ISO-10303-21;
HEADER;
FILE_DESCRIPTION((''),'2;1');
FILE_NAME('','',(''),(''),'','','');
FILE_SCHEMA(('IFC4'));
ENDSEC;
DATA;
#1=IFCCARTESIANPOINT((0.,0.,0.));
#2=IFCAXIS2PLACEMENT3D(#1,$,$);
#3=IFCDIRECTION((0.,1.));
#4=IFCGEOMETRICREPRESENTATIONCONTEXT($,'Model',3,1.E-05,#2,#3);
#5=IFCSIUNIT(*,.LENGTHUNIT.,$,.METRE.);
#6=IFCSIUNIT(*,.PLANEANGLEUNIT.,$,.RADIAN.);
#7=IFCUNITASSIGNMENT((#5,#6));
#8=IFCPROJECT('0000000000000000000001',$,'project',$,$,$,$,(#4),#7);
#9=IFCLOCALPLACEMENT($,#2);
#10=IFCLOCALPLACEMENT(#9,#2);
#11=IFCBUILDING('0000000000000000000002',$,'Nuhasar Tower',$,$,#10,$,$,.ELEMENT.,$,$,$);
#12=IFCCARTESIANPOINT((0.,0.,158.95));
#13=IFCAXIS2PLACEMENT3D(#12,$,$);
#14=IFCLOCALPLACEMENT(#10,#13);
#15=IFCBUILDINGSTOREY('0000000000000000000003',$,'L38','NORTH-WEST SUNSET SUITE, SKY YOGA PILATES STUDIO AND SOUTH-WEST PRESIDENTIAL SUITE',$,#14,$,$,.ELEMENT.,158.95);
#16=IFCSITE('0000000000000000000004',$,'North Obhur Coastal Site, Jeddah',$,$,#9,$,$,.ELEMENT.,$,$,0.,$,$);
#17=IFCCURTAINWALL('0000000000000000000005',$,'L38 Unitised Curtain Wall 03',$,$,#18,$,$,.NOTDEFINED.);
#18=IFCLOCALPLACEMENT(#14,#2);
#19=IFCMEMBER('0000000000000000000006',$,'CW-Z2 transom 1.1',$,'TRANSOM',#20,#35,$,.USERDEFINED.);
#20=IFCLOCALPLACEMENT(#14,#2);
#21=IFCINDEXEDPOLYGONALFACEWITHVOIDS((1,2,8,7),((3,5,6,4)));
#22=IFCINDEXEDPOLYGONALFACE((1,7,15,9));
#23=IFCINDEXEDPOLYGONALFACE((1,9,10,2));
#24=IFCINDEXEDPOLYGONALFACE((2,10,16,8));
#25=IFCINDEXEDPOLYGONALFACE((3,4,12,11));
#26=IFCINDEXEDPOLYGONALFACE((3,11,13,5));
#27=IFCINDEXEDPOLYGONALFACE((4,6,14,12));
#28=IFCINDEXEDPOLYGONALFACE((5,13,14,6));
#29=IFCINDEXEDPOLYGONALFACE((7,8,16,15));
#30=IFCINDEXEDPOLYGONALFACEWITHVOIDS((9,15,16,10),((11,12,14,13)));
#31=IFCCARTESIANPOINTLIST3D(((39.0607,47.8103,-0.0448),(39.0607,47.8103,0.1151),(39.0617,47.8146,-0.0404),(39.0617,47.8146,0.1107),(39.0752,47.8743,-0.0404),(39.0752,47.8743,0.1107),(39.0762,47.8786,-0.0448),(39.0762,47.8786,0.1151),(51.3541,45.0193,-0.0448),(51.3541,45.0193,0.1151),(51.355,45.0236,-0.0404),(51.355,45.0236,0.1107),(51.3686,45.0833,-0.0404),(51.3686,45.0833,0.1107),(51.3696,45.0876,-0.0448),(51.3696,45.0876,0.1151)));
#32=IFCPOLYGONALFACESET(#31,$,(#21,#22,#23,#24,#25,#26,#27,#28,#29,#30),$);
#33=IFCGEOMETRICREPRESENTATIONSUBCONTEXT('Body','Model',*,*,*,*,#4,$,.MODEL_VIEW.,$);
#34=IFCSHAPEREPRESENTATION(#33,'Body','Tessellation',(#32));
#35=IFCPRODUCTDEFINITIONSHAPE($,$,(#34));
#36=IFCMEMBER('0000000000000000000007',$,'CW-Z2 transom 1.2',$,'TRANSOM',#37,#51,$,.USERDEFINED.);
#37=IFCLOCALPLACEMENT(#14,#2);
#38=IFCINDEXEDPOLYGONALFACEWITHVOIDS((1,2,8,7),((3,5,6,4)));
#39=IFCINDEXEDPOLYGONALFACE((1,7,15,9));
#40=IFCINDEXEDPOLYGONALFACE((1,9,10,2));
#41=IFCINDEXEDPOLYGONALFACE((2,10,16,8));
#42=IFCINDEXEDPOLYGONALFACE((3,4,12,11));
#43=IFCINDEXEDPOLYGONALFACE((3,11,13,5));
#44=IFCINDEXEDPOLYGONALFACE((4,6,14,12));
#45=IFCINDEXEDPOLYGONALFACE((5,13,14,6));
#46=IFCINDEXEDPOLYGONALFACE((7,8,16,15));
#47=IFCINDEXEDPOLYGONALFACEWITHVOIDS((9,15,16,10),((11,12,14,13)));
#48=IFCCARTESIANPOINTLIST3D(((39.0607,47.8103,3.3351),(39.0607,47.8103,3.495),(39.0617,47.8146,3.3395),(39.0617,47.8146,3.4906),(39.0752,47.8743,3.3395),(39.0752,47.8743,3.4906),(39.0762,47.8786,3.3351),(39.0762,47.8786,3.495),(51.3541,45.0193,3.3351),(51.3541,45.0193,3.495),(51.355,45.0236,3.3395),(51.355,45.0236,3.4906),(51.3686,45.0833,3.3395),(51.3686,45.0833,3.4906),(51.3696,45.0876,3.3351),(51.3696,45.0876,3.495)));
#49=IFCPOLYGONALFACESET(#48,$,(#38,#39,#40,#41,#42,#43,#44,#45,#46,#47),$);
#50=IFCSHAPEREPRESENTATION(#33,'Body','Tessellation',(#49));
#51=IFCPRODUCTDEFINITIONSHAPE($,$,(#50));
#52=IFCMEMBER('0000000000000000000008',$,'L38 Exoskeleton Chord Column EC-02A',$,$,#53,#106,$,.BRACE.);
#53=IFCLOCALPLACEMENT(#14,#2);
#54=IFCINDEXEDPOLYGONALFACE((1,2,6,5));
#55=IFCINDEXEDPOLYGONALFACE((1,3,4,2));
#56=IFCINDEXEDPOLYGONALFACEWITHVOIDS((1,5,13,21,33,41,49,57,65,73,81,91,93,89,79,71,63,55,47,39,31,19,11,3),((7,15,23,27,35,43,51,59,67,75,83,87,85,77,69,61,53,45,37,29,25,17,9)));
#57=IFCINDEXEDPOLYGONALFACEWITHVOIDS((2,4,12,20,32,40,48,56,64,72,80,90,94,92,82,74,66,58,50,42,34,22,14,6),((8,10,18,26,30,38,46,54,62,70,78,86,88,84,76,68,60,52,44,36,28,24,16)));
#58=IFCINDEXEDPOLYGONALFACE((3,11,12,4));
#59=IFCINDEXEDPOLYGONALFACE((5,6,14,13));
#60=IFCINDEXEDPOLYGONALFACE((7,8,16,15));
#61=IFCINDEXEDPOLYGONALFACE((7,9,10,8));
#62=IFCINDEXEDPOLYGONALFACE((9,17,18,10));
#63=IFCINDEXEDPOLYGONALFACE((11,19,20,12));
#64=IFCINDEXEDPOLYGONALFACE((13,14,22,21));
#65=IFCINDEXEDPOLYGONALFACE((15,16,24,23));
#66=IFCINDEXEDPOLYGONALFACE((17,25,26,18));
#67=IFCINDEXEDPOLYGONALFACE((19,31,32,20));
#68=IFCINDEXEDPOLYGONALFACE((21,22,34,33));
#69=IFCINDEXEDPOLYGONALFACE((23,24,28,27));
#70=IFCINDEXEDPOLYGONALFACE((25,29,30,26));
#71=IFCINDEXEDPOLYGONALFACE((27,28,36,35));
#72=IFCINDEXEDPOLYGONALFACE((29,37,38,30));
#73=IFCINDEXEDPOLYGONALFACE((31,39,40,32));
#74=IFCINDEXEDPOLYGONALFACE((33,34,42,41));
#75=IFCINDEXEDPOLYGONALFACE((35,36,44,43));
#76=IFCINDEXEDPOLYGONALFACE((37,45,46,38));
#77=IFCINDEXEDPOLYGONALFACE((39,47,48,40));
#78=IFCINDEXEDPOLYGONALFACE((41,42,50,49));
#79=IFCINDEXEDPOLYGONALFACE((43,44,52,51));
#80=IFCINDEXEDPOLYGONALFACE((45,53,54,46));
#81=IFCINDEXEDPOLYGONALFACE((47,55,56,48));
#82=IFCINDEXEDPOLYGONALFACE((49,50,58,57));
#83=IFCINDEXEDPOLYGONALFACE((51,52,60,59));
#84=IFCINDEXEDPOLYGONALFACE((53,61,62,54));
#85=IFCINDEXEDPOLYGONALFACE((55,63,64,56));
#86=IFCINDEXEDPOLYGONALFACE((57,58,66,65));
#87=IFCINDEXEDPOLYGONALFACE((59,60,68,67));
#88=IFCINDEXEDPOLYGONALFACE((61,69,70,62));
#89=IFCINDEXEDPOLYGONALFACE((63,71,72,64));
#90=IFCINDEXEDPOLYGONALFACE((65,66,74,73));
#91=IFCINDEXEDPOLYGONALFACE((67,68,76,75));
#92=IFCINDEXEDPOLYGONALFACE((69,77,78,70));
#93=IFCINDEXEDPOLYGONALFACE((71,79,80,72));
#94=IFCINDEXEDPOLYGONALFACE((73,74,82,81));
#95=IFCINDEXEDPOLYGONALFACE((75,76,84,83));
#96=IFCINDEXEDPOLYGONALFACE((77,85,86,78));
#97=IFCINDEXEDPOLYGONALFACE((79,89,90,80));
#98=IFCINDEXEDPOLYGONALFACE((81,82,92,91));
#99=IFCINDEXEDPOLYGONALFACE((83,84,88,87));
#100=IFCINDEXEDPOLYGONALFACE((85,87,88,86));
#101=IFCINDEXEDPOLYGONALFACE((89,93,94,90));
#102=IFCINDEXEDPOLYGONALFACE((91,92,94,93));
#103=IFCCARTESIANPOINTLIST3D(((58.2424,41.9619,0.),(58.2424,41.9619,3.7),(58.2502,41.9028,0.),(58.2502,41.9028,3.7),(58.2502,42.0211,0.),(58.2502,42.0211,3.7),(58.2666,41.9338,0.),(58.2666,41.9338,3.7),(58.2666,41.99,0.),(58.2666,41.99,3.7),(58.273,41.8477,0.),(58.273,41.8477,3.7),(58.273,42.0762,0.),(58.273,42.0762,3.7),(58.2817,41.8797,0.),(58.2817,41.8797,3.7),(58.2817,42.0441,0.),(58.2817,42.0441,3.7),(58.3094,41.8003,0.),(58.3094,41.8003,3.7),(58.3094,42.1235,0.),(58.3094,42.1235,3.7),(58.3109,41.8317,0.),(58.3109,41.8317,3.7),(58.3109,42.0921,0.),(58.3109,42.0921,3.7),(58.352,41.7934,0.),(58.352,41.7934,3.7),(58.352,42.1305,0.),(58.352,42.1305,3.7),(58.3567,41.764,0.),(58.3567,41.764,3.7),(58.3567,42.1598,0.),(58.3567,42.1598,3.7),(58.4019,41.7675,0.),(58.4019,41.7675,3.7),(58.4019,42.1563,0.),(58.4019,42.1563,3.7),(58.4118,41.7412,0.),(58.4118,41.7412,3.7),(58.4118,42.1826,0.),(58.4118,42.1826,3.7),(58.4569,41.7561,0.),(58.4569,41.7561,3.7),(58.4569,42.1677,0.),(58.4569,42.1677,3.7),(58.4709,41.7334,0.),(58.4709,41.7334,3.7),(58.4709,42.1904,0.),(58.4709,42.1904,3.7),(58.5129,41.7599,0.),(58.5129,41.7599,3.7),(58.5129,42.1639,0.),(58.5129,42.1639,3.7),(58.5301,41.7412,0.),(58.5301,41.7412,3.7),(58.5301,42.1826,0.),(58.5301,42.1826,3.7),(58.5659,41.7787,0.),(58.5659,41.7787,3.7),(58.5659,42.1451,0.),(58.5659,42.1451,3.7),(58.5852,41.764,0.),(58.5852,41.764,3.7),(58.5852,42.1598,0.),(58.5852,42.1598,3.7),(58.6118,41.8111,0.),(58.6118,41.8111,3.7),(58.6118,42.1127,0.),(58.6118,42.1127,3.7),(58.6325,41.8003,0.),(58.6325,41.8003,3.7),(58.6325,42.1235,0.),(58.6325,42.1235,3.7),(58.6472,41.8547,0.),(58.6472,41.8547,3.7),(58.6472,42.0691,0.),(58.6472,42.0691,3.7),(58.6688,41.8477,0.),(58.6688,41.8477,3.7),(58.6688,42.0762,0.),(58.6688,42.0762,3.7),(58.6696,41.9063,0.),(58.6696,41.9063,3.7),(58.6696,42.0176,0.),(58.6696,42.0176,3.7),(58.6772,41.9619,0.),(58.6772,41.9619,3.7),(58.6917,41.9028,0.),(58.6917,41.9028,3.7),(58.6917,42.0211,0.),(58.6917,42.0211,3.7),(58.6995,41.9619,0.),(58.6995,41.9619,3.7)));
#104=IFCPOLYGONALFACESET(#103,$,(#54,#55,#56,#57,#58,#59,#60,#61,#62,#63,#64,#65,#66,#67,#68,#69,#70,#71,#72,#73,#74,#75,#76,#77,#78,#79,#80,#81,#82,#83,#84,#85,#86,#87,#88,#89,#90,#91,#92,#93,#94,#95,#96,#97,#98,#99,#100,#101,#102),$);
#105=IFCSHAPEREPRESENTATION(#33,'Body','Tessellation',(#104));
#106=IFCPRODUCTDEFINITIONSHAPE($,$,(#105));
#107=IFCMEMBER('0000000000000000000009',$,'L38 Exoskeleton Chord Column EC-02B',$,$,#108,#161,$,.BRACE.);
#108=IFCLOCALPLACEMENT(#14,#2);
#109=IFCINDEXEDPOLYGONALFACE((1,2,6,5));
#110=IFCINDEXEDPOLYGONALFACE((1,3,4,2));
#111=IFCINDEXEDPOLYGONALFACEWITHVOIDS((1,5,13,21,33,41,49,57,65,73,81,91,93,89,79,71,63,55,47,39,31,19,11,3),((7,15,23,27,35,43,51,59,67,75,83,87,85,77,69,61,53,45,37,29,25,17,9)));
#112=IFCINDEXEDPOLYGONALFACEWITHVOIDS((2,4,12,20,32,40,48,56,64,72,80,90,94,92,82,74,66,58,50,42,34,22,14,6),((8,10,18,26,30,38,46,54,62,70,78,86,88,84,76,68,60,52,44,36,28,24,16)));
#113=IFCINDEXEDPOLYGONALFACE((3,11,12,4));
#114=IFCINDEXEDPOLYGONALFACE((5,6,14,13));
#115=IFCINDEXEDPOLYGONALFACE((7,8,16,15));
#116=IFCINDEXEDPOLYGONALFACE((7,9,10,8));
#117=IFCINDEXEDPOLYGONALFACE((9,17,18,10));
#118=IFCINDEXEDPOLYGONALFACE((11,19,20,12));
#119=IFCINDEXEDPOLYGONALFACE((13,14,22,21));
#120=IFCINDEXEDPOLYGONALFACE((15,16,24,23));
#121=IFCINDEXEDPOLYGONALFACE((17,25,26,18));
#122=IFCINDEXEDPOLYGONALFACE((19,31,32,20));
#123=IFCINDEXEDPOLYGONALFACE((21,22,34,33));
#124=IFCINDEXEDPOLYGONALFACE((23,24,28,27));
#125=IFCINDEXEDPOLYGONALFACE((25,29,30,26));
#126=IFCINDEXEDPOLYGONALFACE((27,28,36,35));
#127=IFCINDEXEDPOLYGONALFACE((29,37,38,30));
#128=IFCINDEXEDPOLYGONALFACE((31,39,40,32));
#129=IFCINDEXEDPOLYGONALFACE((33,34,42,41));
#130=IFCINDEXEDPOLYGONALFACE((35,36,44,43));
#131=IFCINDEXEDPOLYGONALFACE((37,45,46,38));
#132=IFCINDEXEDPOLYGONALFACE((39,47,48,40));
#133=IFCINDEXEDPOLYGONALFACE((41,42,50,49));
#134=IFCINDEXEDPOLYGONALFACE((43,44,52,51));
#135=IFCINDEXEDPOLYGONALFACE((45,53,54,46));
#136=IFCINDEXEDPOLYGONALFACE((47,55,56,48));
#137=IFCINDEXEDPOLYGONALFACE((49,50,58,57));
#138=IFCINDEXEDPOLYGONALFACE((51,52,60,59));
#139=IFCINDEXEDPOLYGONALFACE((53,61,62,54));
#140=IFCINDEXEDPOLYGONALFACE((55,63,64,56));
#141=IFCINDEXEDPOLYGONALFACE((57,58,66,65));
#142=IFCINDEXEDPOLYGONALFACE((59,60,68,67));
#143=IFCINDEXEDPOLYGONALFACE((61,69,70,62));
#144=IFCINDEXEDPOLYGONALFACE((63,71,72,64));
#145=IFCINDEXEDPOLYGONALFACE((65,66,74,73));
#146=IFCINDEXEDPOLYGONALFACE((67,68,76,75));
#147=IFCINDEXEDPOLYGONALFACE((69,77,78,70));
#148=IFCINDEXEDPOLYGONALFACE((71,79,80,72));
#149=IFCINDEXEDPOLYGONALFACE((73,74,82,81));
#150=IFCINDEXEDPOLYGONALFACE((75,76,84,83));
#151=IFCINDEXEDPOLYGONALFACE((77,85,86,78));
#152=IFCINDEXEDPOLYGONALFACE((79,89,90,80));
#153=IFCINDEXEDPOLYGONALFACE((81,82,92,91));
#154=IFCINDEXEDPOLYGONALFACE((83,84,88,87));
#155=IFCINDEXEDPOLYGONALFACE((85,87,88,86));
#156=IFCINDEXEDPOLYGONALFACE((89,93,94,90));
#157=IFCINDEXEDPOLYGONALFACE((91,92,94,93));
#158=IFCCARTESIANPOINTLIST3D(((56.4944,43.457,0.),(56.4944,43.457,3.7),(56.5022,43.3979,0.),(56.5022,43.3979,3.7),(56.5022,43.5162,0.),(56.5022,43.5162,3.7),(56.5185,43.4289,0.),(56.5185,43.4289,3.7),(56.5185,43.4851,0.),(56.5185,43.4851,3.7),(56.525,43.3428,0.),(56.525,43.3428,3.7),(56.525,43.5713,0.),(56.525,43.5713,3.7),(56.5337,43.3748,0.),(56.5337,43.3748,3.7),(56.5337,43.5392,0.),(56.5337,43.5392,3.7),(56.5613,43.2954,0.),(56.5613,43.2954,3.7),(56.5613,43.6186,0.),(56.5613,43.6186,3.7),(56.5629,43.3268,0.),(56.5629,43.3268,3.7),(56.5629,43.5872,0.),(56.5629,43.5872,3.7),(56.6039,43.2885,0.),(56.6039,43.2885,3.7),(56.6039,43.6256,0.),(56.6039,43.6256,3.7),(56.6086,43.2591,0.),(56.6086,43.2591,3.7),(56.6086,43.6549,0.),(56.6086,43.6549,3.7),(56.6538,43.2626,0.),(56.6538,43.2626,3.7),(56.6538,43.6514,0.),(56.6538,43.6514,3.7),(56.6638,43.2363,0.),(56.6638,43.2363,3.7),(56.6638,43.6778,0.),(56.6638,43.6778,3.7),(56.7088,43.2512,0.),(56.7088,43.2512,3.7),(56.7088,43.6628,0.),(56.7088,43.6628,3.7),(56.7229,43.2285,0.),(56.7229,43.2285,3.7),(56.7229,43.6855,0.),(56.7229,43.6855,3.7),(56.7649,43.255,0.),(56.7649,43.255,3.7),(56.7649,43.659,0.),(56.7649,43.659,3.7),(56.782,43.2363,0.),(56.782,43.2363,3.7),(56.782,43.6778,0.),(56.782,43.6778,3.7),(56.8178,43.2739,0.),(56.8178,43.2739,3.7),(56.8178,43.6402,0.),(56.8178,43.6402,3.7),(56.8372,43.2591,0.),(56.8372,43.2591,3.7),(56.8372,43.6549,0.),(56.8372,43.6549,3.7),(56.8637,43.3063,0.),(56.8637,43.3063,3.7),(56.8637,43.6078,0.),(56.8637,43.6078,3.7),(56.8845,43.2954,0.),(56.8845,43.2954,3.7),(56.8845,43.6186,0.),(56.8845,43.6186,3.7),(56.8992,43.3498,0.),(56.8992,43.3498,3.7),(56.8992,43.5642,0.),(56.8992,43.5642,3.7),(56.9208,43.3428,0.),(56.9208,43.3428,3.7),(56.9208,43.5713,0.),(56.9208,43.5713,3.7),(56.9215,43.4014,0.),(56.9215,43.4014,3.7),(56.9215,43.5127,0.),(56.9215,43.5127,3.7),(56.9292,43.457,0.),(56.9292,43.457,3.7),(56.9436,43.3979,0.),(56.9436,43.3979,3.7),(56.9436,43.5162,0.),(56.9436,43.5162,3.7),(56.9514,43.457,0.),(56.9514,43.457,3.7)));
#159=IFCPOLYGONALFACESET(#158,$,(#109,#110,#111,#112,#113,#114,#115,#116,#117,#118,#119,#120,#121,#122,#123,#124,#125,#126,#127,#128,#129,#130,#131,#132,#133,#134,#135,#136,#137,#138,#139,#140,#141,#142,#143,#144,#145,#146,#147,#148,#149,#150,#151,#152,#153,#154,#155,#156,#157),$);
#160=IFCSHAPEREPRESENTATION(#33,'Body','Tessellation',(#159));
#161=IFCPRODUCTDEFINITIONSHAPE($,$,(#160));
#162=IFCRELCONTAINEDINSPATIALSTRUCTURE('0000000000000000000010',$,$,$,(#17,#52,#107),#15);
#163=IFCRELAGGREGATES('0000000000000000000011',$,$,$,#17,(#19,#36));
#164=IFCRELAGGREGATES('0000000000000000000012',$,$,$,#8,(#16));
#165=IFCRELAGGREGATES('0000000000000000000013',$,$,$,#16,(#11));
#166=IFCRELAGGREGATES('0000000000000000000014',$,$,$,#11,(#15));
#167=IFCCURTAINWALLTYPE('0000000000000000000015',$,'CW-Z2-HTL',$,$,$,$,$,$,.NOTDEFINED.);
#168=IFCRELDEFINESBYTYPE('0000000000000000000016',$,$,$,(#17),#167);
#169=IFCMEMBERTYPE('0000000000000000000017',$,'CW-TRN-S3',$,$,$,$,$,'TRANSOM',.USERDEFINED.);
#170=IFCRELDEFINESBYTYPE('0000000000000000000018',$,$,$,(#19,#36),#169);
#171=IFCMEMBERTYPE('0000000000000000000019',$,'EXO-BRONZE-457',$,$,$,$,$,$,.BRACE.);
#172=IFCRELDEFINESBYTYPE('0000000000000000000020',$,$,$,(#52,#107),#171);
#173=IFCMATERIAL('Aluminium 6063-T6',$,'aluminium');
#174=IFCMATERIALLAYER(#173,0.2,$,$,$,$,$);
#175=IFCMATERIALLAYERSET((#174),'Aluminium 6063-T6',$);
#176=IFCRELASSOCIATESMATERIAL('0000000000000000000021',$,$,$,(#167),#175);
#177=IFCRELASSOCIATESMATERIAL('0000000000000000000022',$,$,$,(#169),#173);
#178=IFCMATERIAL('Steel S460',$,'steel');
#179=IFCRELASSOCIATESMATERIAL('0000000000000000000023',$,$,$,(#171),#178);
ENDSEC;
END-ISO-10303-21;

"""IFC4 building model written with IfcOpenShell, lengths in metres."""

from ifc_helpers import new_model, si_unit, direction, frame, origin, origin_2d, place, context, subcontext, project, spatial, hollow_rectangle, hollow_circle, extrude, material, layer, layer_set, material_profile, profile_set, type_object, element, aggregate, save


model = new_model("IFC4")

# Units and contexts
model_context = context("Model", 3, precision=1e-05, world=origin(), true_north=direction((0.0, 1.0)))
body_context = subcontext(model_context, "Body", "Model", "MODEL_VIEW")
ifc_project = project(units=[si_unit("LENGTHUNIT", "METRE"), si_unit("PLANEANGLEUNIT", "RADIAN")], contexts=[model_context])

# Site, building, storey
site_placement = place(None, origin())
site = spatial("IfcSite", under=ifc_project, at=site_placement, Name="North Obhur Coastal Site, Jeddah", CompositionType="ELEMENT", RefElevation=0.0)
building_placement = place(site_placement, origin())
building = spatial("IfcBuilding", under=site, at=building_placement, Name="Nuhasar Tower", CompositionType="ELEMENT")
storey_placement = place(building_placement, frame((0.0, 0.0, 158.95)))
storey = spatial("IfcBuildingStorey", under=building, at=storey_placement, Name="L38", Description="NORTH-WEST SUNSET SUITE, SKY YOGA PILATES STUDIO AND SOUTH-WEST PRESIDENTIAL SUITE", CompositionType="ELEMENT", Elevation=158.95)

# Shared definitions
ifc_material_1 = material(Name="Aluminium 6063-T6", Category="aluminium")
ifc_layer_1 = layer(ifc_material_1, 0.2)
ifc_layer_set_1 = layer_set([ifc_layer_1], Name="Aluminium 6063-T6")
curtain_wall_type = type_object("IfcCurtainWallType", Name="CW-Z2-HTL", PredefinedType="NOTDEFINED", material=ifc_layer_set_1)

# Curtain wall
curtain_wall_1_placement = place(storey_placement, origin())
curtain_wall_1 = element("IfcCurtainWall", 1, at=curtain_wall_1_placement, inside=storey, type_object=curtain_wall_type, Name="L38 Unitised Curtain Wall 03", PredefinedType="NOTDEFINED")

# Members
ifc_material_profile_1 = material_profile(ifc_material_1, hollow_rectangle(XDim=0.0701, YDim=0.1599, WallThickness=0.0044, at=origin_2d()), Name="CWT-3")
ifc_profile_set_1 = profile_set([ifc_material_profile_1], Name="Aluminium 6063-T6")
member_type_1 = type_object("IfcMemberType", Name="CW-TRN-S3", ElementType="TRANSOM", PredefinedType="USERDEFINED", material=ifc_profile_set_1)
member_1_placement = place(storey_placement, frame((51.3618, 45.0535, 0.0352), z_axis=(-0.975183, 0.221398, 0.0), x_axis=(-0.221398, -0.975183, 0.0)))
member_1 = element("IfcMember", 2, at=member_1_placement, type_object=member_type_1, Name="CW-Z2 transom 1.1", ObjectType="TRANSOM", PredefinedType="USERDEFINED", context=body_context, shape_type="SweptSolid", body=[
    extrude(hollow_rectangle(XDim=0.0701, YDim=0.1599, WallThickness=0.0044, at=origin_2d()), origin(), (0.0, 0.0, 1.0), 12.6062),
])
member_2_placement = place(storey_placement, frame((51.3618, 45.0535, 3.415), z_axis=(-0.975183, 0.221398, 0.0), x_axis=(-0.221398, -0.975183, 0.0)))
member_2 = element("IfcMember", 3, at=member_2_placement, type_object=member_type_1, Name="CW-Z2 transom 1.2", ObjectType="TRANSOM", PredefinedType="USERDEFINED", context=body_context, shape_type="SweptSolid", body=[
    extrude(hollow_rectangle(XDim=0.0701, YDim=0.1599, WallThickness=0.0044, at=origin_2d()), origin(), (0.0, 0.0, 1.0), 12.6062),
])
aggregate(curtain_wall_1, [member_1, member_2])

# Members
ifc_material_2 = material(Name="Steel S460", Category="steel")
ifc_material_profile_2 = material_profile(ifc_material_2, hollow_circle(Radius=0.2285, WallThickness=0.0222, at=origin_2d()), Name="HSS457X22.2")
ifc_profile_set_2 = profile_set([ifc_material_profile_2], Name="Steel S460")
member_type_2 = type_object("IfcMemberType", Name="EXO-BRONZE-457", PredefinedType="BRACE", material=ifc_profile_set_2)
for number, where, z_axis, x_axis, name in (
    (4, (58.4709, 41.9619, 0.0), (0.0, 0.0, 1.0), (1.0, 0.0, 0.0), "L38 Exoskeleton Chord Column EC-02A"),
    (5, (56.7229, 43.457, 0.0), (0.0, 0.0, 1.0), (1.0, 0.0, 0.0), "L38 Exoskeleton Chord Column EC-02B"),
):
    element("IfcMember", number, at=place(storey_placement, frame(where, z_axis=z_axis, x_axis=x_axis)), inside=storey, type_object=member_type_2, Name=name, PredefinedType="BRACE", context=body_context, shape_type="SweptSolid", body=[
        extrude(hollow_circle(Radius=0.2285, WallThickness=0.0222, at=origin_2d()), origin(), (0.0, 0.0, 1.0), 3.7),
    ])

save(model, "model.ifc")
